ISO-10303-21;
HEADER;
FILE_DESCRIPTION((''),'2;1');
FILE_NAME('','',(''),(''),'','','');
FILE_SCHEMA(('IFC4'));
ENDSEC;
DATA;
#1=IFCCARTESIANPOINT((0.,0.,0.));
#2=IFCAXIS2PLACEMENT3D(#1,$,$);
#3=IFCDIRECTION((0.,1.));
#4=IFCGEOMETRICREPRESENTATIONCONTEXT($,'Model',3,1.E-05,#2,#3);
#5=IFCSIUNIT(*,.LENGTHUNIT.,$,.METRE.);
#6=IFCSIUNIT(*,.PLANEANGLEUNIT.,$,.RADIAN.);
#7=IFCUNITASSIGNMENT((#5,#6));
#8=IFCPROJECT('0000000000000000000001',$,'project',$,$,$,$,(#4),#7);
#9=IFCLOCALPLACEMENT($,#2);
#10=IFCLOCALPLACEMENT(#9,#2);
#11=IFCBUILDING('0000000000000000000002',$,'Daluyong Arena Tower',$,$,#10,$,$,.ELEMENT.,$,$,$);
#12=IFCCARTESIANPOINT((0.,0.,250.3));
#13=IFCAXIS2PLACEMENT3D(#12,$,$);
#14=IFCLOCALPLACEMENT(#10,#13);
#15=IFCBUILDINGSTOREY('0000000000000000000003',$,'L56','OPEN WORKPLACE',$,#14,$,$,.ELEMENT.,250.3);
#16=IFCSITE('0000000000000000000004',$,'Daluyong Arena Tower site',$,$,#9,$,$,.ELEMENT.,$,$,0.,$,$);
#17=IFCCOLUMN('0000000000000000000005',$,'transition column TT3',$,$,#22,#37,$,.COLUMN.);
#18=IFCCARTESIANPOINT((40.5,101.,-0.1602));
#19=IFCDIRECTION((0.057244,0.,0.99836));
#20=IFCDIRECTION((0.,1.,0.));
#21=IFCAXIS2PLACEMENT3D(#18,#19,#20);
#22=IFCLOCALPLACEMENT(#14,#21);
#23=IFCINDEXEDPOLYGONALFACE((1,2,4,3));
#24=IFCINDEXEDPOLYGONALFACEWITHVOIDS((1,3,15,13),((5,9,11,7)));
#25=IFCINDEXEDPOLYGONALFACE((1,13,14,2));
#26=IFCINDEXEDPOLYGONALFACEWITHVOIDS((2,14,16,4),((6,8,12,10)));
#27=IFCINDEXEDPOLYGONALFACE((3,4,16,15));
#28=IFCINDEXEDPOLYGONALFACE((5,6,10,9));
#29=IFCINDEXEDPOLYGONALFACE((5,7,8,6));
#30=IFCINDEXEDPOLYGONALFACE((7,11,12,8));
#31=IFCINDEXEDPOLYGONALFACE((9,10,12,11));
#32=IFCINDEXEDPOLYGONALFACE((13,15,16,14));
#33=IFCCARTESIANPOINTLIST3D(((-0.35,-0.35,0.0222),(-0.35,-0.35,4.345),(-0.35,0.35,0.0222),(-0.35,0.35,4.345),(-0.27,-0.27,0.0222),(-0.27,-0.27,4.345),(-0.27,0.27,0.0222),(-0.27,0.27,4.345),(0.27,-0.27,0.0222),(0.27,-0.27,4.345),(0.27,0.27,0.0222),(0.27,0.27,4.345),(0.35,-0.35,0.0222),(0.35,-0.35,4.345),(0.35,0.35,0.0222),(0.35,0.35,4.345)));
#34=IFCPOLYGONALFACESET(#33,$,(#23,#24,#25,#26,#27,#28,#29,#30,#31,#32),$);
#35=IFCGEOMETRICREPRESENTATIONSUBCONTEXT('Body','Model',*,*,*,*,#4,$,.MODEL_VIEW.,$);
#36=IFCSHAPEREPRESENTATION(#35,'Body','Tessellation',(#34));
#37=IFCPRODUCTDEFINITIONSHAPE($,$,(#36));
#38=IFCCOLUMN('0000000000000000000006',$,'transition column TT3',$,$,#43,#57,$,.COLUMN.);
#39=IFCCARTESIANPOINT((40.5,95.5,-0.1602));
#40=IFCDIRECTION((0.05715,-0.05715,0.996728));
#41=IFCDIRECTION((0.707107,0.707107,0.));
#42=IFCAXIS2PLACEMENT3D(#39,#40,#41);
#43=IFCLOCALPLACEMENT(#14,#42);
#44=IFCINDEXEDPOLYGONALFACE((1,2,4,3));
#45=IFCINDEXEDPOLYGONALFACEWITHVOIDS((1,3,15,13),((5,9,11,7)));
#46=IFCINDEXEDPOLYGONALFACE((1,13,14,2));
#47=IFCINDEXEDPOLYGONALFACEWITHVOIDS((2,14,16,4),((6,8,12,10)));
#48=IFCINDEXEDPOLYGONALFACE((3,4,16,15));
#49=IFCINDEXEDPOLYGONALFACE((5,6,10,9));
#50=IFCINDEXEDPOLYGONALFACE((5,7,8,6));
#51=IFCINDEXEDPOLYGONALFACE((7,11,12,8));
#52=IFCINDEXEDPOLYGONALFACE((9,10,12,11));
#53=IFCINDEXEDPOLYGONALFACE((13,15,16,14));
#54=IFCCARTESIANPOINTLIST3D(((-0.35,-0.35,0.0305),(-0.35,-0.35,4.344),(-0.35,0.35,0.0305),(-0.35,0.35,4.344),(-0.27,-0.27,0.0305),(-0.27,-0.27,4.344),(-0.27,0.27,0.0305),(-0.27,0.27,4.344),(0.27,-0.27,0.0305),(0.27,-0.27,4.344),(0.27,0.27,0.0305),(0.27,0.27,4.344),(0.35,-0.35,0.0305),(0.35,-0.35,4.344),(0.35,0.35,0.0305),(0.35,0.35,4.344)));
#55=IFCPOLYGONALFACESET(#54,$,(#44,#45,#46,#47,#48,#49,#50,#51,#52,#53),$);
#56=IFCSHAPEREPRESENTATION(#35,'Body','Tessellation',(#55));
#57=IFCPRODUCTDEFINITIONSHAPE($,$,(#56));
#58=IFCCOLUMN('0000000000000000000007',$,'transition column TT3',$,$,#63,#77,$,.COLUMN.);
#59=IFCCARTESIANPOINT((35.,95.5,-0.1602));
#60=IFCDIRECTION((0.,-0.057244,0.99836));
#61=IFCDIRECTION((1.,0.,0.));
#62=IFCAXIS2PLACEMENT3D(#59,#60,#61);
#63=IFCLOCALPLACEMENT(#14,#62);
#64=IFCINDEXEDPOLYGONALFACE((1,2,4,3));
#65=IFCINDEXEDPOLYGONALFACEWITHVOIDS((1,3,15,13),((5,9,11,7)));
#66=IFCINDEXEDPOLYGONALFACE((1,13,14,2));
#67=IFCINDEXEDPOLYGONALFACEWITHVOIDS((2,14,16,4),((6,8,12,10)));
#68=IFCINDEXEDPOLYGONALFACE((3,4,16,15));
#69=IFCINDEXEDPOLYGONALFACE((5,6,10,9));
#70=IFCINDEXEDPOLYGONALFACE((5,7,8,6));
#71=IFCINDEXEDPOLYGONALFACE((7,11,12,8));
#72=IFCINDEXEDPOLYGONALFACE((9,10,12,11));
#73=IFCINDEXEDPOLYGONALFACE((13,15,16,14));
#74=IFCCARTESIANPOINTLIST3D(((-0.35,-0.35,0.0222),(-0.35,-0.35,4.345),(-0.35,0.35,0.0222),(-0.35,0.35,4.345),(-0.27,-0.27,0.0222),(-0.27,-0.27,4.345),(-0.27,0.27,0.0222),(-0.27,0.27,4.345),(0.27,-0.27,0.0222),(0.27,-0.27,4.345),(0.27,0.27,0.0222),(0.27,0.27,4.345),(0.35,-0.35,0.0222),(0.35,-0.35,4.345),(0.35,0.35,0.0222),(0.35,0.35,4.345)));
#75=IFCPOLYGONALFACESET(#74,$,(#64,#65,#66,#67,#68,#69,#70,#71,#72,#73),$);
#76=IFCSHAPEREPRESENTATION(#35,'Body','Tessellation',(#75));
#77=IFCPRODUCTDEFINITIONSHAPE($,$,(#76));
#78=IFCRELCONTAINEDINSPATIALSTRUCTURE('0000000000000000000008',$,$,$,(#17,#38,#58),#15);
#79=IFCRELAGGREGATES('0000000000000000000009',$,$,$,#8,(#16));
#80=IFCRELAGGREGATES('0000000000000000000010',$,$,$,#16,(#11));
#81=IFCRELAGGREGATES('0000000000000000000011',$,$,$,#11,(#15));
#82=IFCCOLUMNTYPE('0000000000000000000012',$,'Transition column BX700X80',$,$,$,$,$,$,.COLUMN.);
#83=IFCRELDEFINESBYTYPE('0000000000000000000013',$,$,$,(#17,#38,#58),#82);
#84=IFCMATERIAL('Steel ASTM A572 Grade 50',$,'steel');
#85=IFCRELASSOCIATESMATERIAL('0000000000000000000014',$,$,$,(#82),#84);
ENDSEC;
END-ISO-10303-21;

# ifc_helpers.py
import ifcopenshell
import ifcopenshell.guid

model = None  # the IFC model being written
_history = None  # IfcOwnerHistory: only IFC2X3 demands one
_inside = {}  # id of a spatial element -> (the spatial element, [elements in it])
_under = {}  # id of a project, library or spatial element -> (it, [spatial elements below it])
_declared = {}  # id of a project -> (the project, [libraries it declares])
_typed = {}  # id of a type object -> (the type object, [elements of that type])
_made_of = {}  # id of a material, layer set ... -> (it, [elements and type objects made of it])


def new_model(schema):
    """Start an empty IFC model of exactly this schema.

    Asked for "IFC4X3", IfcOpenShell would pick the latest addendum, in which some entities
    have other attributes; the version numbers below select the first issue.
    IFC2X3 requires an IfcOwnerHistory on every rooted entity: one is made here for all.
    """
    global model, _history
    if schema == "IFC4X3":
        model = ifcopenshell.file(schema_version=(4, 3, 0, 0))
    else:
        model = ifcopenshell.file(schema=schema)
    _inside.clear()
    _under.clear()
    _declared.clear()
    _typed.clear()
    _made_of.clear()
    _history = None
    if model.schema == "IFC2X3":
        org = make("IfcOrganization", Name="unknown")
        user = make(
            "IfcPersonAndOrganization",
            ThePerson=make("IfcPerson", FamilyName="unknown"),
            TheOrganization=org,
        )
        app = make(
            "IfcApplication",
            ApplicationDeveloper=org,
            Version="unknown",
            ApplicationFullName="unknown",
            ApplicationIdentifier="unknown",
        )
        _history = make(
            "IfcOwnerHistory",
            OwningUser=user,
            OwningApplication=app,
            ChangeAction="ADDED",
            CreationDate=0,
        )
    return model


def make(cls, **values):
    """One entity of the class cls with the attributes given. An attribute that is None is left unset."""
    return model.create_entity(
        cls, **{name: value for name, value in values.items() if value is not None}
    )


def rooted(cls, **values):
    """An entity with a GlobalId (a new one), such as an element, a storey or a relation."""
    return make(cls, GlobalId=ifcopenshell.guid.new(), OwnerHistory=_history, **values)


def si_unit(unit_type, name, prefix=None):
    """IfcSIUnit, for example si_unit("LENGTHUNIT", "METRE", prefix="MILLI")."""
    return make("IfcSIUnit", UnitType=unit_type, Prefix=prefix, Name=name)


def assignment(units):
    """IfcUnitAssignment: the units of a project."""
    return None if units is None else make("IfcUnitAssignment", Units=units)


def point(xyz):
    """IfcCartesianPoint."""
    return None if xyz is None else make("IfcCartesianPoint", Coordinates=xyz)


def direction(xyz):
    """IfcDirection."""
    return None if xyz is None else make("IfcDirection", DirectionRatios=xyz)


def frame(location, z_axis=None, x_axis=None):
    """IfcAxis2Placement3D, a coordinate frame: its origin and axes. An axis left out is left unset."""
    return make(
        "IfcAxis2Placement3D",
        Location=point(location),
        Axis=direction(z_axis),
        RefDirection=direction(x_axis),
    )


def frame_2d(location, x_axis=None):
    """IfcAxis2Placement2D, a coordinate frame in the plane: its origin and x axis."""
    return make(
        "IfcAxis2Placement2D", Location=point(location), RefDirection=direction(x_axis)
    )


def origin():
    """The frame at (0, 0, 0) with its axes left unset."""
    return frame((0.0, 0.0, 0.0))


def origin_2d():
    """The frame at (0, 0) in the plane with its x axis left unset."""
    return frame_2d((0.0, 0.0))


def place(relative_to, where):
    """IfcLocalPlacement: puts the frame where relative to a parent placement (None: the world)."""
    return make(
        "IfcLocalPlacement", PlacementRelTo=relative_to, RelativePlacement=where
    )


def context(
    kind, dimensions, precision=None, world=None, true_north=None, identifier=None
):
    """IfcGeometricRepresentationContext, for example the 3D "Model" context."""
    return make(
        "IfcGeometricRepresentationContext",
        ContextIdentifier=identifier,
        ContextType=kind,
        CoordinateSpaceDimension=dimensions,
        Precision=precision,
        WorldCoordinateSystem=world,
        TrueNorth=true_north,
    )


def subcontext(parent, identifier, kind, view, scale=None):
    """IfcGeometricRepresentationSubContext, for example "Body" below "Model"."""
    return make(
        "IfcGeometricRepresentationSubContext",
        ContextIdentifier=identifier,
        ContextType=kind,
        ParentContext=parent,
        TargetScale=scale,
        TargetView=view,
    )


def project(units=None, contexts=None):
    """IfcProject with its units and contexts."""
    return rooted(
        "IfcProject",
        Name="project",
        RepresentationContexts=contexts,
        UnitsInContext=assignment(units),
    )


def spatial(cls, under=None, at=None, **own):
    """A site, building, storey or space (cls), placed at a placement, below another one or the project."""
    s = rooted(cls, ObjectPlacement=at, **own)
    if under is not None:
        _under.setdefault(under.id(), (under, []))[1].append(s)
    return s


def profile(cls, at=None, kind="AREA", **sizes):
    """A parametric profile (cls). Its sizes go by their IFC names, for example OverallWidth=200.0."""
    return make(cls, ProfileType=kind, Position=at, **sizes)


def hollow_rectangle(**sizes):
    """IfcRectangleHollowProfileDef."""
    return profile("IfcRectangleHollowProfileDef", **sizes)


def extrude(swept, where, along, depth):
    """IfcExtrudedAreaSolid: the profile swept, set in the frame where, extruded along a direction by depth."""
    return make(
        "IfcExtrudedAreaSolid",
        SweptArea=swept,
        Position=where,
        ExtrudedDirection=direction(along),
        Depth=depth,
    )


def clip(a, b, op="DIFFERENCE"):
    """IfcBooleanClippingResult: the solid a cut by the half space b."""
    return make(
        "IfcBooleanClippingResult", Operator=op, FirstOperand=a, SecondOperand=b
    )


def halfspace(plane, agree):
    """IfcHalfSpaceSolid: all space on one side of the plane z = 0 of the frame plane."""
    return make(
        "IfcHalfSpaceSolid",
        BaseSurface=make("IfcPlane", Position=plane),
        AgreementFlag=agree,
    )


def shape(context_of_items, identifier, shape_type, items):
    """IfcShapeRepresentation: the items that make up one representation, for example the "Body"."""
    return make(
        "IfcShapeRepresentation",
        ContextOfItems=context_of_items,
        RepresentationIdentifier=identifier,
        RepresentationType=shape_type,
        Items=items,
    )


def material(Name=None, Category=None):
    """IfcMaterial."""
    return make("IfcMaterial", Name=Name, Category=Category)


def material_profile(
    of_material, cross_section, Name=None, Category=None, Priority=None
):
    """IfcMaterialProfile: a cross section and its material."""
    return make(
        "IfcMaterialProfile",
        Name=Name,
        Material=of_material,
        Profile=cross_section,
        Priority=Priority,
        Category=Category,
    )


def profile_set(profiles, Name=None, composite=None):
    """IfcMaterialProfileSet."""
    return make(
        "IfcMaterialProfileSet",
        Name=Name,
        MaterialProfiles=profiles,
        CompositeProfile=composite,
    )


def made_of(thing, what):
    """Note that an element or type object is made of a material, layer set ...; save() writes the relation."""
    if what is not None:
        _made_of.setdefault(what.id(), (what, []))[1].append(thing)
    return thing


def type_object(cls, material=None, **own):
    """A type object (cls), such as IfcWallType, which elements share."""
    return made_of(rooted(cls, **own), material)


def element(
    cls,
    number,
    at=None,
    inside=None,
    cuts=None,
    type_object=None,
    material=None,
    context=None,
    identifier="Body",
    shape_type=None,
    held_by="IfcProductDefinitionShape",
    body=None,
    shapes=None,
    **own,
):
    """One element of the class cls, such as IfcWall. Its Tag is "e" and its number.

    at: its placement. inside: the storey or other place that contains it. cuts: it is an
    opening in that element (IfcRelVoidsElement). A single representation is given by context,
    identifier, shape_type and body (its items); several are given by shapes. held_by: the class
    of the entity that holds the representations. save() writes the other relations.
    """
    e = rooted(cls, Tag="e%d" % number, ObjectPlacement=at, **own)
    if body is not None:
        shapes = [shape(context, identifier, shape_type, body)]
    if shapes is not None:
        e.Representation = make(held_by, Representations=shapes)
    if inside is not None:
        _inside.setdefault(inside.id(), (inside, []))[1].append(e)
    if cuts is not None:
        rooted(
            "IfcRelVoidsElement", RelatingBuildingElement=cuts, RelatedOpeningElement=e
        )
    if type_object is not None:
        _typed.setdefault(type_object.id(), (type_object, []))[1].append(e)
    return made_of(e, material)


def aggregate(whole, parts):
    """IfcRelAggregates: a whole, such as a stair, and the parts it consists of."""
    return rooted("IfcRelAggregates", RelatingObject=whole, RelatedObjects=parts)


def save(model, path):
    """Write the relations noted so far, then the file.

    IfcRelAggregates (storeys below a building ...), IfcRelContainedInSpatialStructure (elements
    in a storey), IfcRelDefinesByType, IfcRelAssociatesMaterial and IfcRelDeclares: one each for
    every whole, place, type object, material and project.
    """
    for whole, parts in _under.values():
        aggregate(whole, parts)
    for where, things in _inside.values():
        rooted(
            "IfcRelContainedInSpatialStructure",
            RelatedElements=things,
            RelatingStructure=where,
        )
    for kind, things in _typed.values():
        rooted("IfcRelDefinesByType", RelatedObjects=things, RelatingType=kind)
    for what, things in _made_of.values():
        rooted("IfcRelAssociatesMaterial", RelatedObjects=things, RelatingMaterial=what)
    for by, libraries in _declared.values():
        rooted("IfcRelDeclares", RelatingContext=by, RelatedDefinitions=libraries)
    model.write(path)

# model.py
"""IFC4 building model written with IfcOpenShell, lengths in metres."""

from ifc_helpers import new_model, si_unit, direction, frame, origin, origin_2d, place, context, subcontext, project, spatial, hollow_rectangle, extrude, clip, halfspace, material, material_profile, profile_set, type_object, element, save


model = new_model("IFC4")

# Units and contexts
model_context = context("Model", 3, precision=1e-05, world=origin(), true_north=direction((0.0, 1.0)))
body_context = subcontext(model_context, "Body", "Model", "MODEL_VIEW")
ifc_project = project(units=[si_unit("LENGTHUNIT", "METRE"), si_unit("PLANEANGLEUNIT", "RADIAN")], contexts=[model_context])

# Site, building, storey
site_placement = place(None, origin())
site = spatial("IfcSite", under=ifc_project, at=site_placement, Name="Daluyong Arena Tower site", CompositionType="ELEMENT", RefElevation=0.0)
building_placement = place(site_placement, origin())
building = spatial("IfcBuilding", under=site, at=building_placement, Name="Daluyong Arena Tower", CompositionType="ELEMENT")
storey_placement = place(building_placement, frame((0.0, 0.0, 250.3)))
storey = spatial("IfcBuildingStorey", under=building, at=storey_placement, Name="L56", Description="OPEN WORKPLACE", CompositionType="ELEMENT", Elevation=250.3)

# Columns
ifc_material_1 = material(Name="Steel ASTM A572 Grade 50", Category="steel")
ifc_material_profile_1 = material_profile(ifc_material_1, hollow_rectangle(XDim=0.7, YDim=0.7, WallThickness=0.08, at=origin_2d()))
ifc_profile_set_1 = profile_set([ifc_material_profile_1], Name="Steel ASTM A572 Grade 50")
column_type_1 = type_object("IfcColumnType", Name="Transition column BX700X80", PredefinedType="COLUMN", material=ifc_profile_set_1)
column_1_placement = place(storey_placement, frame((40.5, 101.0, -0.1602), z_axis=(0.057244, 0.0, 0.99836), x_axis=(0.0, 1.0, 0.0)))
element("IfcColumn", 1, at=column_1_placement, inside=storey, type_object=column_type_1, Name="transition column TT3", PredefinedType="COLUMN", context=body_context, shape_type="Clipping", body=[
    clip(clip(extrude(hollow_rectangle(XDim=0.7, YDim=0.7, WallThickness=0.08, at=origin_2d()), origin(), (0.0, 0.0, 1.0), 4.3672), halfspace(frame((0.0, 0.0, 0.0222), z_axis=(0.0, 0.0, 1.0), x_axis=(1.0, 0.0, 0.0)), True)), halfspace(frame((0.0, 0.0, 4.345), z_axis=(0.0, 0.0, -1.0), x_axis=(1.0, 0.0, 0.0)), True)),
])
column_2_placement = place(storey_placement, frame((40.5, 95.5, -0.1602), z_axis=(0.05715, -0.05715, 0.996728), x_axis=(0.707107, 0.707107, 0.0)))
element("IfcColumn", 2, at=column_2_placement, inside=storey, type_object=column_type_1, Name="transition column TT3", PredefinedType="COLUMN", context=body_context, shape_type="Clipping", body=[
    clip(clip(extrude(hollow_rectangle(XDim=0.7, YDim=0.7, WallThickness=0.08, at=origin_2d()), origin(), (0.0, 0.0, 1.0), 4.3745), halfspace(frame((0.0, 0.0, 0.0305), z_axis=(0.0, 0.0, 1.0), x_axis=(1.0, 0.0, 0.0)), True)), halfspace(frame((0.0, 0.0, 4.344), z_axis=(0.0, 0.0, -1.0), x_axis=(1.0, 0.0, 0.0)), True)),
])
column_3_placement = place(storey_placement, frame((35.0, 95.5, -0.1602), z_axis=(0.0, -0.057244, 0.99836), x_axis=(1.0, 0.0, 0.0)))
element("IfcColumn", 3, at=column_3_placement, inside=storey, type_object=column_type_1, Name="transition column TT3", PredefinedType="COLUMN", context=body_context, shape_type="Clipping", body=[
    clip(clip(extrude(hollow_rectangle(XDim=0.7, YDim=0.7, WallThickness=0.08, at=origin_2d()), origin(), (0.0, 0.0, 1.0), 4.3672), halfspace(frame((0.0, 0.0, 0.0222), z_axis=(0.0, 0.0, 1.0), x_axis=(1.0, 0.0, 0.0)), True)), halfspace(frame((0.0, 0.0, 4.345), z_axis=(0.0, 0.0, -1.0), x_axis=(1.0, 0.0, 0.0)), True)),
])

save(model, "model.ifc")
